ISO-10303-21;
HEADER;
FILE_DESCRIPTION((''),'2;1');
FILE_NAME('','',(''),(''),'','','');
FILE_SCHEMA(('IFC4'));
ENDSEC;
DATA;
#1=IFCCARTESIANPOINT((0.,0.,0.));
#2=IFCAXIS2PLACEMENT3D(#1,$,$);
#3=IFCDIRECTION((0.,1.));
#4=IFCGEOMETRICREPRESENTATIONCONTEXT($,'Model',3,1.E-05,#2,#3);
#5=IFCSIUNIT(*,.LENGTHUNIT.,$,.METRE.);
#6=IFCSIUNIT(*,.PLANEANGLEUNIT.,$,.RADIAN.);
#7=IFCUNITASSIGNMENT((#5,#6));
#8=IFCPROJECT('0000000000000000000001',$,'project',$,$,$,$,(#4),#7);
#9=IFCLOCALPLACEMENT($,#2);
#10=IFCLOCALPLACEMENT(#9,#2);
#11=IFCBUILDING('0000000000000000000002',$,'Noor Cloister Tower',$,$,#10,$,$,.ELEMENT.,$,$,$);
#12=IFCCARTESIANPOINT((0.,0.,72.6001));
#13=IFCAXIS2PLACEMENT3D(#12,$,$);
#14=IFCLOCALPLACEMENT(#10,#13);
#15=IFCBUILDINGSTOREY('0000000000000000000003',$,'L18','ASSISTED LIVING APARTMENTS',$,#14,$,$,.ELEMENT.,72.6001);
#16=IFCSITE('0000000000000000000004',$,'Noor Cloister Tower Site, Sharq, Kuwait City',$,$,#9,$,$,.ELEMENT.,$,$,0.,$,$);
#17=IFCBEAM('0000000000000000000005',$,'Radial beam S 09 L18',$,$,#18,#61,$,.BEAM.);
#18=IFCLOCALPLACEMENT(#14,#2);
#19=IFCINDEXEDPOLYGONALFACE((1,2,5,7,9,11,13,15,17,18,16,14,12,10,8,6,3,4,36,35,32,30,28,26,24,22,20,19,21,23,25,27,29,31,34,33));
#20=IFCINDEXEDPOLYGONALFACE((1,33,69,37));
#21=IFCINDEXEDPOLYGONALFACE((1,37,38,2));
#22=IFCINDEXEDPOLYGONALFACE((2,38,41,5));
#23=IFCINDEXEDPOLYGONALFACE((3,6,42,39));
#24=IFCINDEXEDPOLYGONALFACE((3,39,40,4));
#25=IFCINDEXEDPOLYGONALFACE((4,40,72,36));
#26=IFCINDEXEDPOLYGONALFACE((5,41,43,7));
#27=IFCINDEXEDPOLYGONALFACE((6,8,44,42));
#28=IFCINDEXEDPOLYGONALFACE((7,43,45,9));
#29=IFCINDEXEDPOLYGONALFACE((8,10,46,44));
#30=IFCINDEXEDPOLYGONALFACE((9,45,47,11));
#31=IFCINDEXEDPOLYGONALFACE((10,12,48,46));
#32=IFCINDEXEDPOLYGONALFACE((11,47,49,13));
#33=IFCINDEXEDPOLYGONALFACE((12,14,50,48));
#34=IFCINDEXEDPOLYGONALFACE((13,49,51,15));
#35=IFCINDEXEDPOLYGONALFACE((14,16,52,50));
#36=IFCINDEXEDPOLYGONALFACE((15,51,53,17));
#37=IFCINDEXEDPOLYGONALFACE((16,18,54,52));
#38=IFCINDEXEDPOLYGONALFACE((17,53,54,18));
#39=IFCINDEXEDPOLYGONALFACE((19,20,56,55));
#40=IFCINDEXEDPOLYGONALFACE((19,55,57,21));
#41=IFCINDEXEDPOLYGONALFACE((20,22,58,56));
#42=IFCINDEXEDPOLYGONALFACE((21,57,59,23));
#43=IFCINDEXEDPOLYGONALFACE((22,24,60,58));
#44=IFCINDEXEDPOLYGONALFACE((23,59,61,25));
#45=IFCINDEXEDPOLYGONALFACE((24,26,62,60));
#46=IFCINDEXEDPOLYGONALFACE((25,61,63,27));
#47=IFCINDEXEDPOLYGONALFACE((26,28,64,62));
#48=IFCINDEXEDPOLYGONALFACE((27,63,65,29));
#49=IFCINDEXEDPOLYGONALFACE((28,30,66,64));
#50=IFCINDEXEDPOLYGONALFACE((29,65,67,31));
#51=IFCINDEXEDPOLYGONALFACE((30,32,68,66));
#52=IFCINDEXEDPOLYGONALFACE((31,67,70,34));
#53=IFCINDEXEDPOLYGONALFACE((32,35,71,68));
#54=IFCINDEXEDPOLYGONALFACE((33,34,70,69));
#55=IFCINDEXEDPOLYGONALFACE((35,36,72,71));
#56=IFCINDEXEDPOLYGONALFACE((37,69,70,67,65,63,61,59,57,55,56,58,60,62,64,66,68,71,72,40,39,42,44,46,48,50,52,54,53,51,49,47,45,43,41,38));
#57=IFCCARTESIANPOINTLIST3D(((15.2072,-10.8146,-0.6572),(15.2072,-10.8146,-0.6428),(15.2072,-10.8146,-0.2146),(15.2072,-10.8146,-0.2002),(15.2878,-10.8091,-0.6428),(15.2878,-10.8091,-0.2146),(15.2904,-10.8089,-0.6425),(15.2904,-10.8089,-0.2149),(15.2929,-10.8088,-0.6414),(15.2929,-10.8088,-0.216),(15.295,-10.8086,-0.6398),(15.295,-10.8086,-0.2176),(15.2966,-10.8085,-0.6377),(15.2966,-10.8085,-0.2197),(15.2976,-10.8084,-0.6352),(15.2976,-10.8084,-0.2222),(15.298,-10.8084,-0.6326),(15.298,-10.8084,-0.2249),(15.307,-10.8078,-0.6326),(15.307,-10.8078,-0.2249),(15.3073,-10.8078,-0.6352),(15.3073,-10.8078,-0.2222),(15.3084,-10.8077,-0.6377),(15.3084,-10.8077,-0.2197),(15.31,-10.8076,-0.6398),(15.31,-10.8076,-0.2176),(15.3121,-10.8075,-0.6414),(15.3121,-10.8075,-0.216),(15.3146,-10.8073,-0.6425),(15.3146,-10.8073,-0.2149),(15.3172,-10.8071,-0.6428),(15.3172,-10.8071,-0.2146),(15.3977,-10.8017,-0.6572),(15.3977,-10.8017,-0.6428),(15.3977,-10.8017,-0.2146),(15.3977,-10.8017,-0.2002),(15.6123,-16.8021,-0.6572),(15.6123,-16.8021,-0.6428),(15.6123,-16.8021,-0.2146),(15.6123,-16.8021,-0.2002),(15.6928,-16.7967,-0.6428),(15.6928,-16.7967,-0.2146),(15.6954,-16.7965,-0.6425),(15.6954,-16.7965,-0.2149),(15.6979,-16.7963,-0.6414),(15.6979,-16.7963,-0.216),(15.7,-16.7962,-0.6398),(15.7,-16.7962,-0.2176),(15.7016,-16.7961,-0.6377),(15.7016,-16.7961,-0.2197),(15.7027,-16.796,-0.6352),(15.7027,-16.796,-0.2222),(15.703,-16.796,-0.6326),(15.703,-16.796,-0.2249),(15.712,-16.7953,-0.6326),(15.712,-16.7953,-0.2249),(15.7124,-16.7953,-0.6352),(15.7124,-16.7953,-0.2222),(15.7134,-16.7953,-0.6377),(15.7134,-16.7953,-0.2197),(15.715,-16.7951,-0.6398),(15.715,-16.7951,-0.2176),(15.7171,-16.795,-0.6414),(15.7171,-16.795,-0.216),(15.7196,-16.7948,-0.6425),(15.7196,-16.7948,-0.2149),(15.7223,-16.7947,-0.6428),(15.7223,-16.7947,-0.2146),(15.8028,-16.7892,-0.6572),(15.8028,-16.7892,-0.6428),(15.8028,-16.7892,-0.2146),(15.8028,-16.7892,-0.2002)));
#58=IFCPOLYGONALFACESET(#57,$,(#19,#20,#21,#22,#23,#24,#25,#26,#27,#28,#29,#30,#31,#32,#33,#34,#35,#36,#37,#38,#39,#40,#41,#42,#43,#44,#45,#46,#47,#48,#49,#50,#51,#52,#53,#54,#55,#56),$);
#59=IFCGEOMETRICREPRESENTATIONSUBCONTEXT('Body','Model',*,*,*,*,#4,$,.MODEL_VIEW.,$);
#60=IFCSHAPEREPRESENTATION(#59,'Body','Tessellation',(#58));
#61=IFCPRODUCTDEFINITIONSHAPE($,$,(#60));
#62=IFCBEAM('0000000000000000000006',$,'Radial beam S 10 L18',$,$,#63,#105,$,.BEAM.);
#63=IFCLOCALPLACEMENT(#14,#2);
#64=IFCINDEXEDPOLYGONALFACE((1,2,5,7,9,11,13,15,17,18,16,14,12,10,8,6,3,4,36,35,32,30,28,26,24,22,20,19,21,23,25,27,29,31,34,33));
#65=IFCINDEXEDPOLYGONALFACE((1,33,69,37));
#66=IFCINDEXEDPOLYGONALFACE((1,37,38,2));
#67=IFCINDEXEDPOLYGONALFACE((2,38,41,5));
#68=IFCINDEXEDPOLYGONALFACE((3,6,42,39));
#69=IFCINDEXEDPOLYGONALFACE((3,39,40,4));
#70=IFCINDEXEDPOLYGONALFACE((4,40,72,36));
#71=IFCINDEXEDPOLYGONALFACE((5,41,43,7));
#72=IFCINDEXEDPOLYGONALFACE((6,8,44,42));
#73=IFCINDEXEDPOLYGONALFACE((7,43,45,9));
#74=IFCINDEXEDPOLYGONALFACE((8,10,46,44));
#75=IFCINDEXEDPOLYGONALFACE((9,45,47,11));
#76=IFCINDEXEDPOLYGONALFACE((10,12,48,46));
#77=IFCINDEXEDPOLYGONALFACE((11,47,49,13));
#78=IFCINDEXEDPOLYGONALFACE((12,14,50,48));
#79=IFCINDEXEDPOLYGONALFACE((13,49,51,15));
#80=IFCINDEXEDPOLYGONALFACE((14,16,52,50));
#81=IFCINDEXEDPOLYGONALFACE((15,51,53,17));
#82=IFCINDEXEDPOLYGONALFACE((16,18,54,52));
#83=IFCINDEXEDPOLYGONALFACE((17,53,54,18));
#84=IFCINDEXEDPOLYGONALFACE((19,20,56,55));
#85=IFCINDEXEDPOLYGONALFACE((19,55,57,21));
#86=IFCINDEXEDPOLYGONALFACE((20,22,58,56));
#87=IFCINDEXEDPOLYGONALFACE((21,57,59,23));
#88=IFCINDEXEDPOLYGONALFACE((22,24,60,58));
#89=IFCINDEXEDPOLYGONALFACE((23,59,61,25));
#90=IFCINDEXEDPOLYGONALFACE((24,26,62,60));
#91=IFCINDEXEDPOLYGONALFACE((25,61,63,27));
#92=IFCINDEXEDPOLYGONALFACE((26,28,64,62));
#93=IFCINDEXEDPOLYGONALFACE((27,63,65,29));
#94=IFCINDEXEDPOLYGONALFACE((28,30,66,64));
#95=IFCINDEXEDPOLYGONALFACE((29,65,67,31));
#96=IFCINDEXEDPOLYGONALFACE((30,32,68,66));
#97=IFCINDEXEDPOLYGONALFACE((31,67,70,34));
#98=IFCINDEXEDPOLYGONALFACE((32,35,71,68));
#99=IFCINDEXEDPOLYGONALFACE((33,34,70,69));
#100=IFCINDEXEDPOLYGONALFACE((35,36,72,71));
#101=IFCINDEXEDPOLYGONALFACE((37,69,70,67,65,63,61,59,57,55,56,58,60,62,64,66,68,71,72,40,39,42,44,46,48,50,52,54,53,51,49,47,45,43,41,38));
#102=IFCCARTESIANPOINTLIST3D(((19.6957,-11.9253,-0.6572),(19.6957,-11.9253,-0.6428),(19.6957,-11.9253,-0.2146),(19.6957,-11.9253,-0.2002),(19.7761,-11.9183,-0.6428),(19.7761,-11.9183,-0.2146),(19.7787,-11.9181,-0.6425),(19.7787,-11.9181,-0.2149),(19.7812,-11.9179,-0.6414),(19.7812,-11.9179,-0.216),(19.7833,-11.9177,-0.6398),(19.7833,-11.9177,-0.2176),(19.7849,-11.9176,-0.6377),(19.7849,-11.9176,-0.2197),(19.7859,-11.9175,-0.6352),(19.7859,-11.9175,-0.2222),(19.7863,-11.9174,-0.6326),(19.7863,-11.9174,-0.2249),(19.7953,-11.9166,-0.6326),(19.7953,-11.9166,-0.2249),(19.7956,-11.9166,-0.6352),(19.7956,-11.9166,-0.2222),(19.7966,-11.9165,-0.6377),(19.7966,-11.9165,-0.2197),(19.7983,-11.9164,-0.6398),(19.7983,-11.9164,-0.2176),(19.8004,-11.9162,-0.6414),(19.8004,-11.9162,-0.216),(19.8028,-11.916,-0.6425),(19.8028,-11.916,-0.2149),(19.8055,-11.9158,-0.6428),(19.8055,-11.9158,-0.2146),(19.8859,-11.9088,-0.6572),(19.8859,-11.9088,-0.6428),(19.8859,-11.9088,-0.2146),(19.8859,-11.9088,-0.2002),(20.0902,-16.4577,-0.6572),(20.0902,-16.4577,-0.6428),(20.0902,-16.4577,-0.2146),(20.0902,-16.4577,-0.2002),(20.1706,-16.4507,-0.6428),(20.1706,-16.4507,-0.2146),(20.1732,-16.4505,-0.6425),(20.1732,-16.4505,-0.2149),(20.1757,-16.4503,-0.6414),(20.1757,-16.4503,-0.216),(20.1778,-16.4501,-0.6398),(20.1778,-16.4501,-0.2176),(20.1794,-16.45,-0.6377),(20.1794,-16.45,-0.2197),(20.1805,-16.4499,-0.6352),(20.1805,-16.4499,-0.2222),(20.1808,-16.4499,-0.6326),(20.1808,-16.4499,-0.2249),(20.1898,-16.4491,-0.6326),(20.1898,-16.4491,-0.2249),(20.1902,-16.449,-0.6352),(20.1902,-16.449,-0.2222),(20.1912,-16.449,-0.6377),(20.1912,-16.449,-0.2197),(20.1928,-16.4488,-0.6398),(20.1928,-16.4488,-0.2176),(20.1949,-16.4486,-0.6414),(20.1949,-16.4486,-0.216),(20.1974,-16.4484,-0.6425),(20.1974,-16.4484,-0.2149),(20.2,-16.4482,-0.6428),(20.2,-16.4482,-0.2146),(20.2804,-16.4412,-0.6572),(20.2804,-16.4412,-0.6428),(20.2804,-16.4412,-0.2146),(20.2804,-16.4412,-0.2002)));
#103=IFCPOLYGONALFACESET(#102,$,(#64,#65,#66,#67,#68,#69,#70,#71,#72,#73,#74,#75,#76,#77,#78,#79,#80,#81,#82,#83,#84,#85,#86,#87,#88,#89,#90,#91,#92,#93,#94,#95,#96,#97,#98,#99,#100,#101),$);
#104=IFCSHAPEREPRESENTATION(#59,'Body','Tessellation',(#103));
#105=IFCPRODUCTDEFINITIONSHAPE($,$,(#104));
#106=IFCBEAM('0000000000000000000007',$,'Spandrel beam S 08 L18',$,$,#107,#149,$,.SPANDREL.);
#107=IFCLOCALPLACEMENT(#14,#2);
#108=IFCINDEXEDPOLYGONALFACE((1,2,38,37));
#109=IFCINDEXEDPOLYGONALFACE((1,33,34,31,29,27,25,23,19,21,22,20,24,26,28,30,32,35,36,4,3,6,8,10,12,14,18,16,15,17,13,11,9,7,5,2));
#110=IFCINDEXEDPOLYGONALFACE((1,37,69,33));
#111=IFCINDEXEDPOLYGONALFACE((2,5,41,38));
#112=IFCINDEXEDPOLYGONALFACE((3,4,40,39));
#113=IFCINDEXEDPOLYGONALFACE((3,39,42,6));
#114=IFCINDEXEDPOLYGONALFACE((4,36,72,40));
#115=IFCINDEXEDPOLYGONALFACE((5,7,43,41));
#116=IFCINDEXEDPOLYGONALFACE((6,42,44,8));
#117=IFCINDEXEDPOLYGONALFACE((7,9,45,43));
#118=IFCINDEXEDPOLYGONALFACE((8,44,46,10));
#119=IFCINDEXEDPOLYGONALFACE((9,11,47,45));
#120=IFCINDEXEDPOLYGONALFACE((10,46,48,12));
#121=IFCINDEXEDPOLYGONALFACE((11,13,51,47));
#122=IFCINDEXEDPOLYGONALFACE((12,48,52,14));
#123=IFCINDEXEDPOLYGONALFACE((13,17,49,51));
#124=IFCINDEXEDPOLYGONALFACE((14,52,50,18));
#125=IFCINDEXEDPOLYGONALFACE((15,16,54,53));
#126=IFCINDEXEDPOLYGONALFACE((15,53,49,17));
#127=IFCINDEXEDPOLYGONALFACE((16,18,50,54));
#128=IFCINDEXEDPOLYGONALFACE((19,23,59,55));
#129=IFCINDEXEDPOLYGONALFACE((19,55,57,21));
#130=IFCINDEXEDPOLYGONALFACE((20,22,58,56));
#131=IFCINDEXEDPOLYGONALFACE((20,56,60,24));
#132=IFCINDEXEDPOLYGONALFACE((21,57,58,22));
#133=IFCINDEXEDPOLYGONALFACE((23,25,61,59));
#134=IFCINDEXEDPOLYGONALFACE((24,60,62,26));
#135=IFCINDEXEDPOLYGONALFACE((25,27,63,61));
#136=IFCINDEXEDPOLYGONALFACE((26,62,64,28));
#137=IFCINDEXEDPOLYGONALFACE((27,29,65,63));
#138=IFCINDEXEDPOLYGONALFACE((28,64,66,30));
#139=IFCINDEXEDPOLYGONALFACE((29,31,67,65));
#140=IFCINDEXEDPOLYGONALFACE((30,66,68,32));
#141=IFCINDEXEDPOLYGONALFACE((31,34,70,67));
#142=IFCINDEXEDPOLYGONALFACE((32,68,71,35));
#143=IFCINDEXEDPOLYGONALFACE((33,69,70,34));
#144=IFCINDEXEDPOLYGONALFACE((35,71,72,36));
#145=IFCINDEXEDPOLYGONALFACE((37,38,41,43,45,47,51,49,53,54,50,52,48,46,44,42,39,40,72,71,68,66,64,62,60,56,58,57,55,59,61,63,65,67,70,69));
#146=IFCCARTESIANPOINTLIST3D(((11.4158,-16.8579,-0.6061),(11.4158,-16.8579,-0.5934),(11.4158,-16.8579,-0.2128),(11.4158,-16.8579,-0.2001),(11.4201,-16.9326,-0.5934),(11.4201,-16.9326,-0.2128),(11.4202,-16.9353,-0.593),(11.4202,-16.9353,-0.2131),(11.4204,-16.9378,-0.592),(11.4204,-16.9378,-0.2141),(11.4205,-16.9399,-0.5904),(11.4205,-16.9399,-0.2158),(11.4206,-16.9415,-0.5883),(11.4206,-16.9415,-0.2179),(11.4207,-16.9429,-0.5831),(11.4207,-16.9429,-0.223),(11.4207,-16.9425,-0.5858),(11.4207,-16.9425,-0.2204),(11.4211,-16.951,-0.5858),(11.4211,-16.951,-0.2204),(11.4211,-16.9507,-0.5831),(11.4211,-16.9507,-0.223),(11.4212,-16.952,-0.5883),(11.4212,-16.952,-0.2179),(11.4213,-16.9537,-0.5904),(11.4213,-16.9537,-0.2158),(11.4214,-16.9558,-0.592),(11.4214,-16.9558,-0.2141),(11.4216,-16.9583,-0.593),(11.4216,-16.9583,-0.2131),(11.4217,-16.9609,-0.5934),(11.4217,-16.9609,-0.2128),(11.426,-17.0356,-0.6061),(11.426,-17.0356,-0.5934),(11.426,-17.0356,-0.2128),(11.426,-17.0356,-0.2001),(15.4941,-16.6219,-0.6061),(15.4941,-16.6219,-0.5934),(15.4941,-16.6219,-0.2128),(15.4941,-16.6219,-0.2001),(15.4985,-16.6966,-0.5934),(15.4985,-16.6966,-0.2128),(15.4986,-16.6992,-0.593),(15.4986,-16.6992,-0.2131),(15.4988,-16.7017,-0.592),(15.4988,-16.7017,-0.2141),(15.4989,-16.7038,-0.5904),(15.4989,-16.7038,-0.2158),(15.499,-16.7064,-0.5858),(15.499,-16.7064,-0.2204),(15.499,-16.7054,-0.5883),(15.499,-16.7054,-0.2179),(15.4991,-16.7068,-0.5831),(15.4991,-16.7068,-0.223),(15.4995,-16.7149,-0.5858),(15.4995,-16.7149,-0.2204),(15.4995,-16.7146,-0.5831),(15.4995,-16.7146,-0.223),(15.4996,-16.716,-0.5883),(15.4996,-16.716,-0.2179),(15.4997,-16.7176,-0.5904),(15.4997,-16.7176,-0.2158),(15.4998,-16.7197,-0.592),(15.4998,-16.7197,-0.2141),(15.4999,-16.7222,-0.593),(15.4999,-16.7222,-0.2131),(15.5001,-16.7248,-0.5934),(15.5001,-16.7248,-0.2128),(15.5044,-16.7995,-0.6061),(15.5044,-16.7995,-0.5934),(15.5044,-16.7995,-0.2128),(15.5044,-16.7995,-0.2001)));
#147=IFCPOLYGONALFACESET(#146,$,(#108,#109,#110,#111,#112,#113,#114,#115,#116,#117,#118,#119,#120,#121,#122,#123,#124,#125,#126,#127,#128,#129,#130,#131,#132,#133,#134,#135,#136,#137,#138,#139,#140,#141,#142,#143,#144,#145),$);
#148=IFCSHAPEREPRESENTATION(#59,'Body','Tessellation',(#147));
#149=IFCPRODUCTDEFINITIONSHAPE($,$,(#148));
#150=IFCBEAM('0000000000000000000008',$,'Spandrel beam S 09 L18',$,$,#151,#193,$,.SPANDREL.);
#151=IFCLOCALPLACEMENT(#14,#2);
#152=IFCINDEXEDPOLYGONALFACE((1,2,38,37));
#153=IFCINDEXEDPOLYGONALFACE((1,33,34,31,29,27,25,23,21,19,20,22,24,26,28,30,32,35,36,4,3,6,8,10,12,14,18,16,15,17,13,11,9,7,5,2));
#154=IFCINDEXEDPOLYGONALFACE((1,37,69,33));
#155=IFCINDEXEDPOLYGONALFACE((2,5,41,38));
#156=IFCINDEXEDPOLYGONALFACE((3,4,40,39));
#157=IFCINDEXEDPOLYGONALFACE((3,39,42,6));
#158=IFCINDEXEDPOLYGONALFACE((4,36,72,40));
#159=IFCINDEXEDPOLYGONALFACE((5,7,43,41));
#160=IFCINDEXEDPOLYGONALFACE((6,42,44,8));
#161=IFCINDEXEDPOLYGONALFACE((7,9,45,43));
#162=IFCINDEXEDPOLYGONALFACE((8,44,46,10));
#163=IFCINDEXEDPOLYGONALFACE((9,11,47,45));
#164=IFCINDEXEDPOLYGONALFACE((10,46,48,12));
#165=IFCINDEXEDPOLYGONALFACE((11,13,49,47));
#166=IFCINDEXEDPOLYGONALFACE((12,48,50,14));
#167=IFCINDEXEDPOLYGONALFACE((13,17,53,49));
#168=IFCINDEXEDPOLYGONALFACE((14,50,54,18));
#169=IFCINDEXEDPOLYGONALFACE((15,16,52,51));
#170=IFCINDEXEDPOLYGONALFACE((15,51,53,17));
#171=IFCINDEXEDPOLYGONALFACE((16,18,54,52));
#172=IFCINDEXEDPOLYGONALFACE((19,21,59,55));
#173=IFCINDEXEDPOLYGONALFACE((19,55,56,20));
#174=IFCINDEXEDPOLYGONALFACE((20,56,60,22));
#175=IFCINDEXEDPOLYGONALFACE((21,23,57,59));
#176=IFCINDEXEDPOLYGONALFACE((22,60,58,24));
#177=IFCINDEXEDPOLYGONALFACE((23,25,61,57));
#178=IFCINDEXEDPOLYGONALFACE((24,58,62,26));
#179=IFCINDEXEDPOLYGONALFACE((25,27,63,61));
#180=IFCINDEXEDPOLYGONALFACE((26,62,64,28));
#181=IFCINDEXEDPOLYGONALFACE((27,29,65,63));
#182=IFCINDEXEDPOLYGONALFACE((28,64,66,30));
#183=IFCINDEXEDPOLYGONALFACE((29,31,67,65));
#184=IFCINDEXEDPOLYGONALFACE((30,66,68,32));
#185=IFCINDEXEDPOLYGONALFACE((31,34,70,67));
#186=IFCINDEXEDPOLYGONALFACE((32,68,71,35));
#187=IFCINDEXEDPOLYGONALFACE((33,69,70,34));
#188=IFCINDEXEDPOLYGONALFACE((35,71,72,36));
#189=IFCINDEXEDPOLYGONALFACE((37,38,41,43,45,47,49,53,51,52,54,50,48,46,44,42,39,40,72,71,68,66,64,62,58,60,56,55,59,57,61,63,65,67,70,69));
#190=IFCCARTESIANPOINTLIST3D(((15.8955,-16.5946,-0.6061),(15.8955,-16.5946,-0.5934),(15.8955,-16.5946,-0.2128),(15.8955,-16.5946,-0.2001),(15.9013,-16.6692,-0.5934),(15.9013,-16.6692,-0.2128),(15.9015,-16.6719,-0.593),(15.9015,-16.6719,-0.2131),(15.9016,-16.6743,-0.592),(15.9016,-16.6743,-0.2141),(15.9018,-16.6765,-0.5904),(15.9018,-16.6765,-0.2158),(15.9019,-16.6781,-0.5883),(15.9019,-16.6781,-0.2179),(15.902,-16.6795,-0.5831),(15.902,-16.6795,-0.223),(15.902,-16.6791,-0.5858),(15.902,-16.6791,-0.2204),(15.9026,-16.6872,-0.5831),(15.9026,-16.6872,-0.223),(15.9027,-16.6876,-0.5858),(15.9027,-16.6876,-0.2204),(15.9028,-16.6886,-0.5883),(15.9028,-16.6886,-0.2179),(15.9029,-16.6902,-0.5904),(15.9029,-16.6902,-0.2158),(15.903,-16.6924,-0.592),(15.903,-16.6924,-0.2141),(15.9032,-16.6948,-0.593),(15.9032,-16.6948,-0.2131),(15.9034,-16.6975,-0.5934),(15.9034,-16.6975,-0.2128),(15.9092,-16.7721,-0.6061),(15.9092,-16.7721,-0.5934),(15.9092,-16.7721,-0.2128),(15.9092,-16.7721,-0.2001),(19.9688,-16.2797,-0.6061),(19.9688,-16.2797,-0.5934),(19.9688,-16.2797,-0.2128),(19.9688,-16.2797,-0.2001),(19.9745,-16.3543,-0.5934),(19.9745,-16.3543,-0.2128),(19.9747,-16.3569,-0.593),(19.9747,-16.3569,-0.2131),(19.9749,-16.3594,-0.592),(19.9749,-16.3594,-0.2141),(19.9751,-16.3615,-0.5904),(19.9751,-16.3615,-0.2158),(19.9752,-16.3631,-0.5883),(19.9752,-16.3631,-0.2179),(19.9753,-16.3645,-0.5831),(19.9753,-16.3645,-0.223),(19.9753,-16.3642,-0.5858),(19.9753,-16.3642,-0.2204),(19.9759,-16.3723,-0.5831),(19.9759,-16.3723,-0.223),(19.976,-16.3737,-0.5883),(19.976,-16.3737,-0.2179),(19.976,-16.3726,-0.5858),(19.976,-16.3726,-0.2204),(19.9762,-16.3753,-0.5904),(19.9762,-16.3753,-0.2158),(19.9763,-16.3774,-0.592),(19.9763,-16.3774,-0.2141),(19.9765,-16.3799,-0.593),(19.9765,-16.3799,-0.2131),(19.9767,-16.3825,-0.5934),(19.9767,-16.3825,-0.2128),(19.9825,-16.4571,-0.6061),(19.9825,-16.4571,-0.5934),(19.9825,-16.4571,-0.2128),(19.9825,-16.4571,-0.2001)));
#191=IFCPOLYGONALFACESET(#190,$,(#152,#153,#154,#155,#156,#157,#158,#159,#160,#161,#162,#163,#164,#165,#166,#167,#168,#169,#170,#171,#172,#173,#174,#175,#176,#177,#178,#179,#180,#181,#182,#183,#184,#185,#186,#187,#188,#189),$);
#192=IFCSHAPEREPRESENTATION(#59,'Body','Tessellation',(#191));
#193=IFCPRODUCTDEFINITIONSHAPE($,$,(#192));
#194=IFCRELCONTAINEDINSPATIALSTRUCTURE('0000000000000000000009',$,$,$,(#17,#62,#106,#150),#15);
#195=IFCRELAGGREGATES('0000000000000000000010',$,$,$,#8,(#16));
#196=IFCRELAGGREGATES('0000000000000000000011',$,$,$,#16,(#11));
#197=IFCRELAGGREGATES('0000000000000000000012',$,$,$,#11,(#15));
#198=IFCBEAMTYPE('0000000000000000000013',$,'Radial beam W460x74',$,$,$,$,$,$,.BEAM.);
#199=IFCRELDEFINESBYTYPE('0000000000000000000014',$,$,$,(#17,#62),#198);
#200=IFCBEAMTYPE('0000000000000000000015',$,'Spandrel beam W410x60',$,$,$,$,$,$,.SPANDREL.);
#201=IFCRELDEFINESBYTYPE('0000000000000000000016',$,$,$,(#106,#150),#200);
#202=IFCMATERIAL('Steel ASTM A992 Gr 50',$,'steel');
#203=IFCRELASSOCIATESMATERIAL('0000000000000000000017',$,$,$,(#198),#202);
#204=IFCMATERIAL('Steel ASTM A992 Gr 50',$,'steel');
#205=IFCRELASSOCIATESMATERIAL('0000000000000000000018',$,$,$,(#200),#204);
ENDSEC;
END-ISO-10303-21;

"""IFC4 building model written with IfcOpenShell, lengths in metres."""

from ifc_helpers import new_model, si_unit, direction, frame, origin, origin_2d, place, context, subcontext, project, spatial, i_section, extrude, material, material_profile, profile_set, type_object, element, save


model = new_model("IFC4")

# Units and contexts
model_context = context("Model", 3, precision=1e-05, world=origin(), true_north=direction((0.0, 1.0)))
body_context = subcontext(model_context, "Body", "Model", "MODEL_VIEW")
ifc_project = project(units=[si_unit("LENGTHUNIT", "METRE"), si_unit("PLANEANGLEUNIT", "RADIAN")], contexts=[model_context])

# Site, building, storey
site_placement = place(None, origin())
site = spatial("IfcSite", under=ifc_project, at=site_placement, Name="Noor Cloister Tower Site, Sharq, Kuwait City", CompositionType="ELEMENT", RefElevation=0.0)
building_placement = place(site_placement, origin())
building = spatial("IfcBuilding", under=site, at=building_placement, Name="Noor Cloister Tower", CompositionType="ELEMENT")
storey_placement = place(building_placement, frame((0.0, 0.0, 72.6001)))
storey = spatial("IfcBuildingStorey", under=building, at=storey_placement, Name="L18", Description="ASSISTED LIVING APARTMENTS", CompositionType="ELEMENT", Elevation=72.6001)

# Beams
ifc_material_1 = material(Name="Steel ASTM A992 Gr 50", Category="steel")
ifc_material_profile_1 = material_profile(ifc_material_1, i_section(OverallWidth=0.1909, OverallDepth=0.457, WebThickness=0.009, FlangeThickness=0.0144, FilletRadius=0.0103, at=origin_2d()), Name="W460x74")
ifc_profile_set_1 = profile_set([ifc_material_profile_1], Name="Steel ASTM A992 Gr 50")
beam_type_1 = type_object("IfcBeamType", Name="Radial beam W460x74", PredefinedType="BEAM", material=ifc_profile_set_1)
beam_1_placement = place(storey_placement, frame((15.7075, -16.7957, -0.4287), z_axis=(-0.067491, 0.99772, 0.0), x_axis=(-0.99772, -0.067491, 0.0)))
element("IfcBeam", 1, at=beam_1_placement, inside=storey, type_object=beam_type_1, Name="Radial beam S 09 L18", PredefinedType="BEAM", context=body_context, shape_type="SweptSolid", body=[
    extrude(i_section(OverallWidth=0.1909, OverallDepth=0.457, WebThickness=0.009, FlangeThickness=0.0144, FilletRadius=0.0103, at=origin_2d()), origin(), (0.0, 0.0, 1.0), 6.0012),
])
beam_2_placement = place(storey_placement, frame((20.1853, -16.4495, -0.4287), z_axis=(-0.086718, 0.996233, 0.0), x_axis=(-0.996233, -0.086718, 0.0)))
element("IfcBeam", 2, at=beam_2_placement, inside=storey, type_object=beam_type_1, Name="Radial beam S 10 L18", PredefinedType="BEAM", context=body_context, shape_type="SweptSolid", body=[
    extrude(i_section(OverallWidth=0.1909, OverallDepth=0.457, WebThickness=0.009, FlangeThickness=0.0144, FilletRadius=0.0103, at=origin_2d()), origin(), (0.0, 0.0, 1.0), 4.5496),
])
ifc_material_2 = material(Name="Steel ASTM A992 Gr 50", Category="steel")
ifc_material_profile_2 = material_profile(ifc_material_2, i_section(OverallWidth=0.178, OverallDepth=0.406, WebThickness=0.0078, FlangeThickness=0.0127, FilletRadius=0.0103, at=origin_2d()), Name="W410x60")
ifc_profile_set_2 = profile_set([ifc_material_profile_2], Name="Steel ASTM A992 Gr 50")
beam_type_2 = type_object("IfcBeamType", Name="Spandrel beam W410x60", PredefinedType="SPANDREL", material=ifc_profile_set_2)
beam_3_placement = place(storey_placement, frame((11.4209, -16.9468, -0.4031), z_axis=(0.998329, 0.05779, 0.0), x_axis=(-0.05779, 0.998329, 0.0)))
element("IfcBeam", 3, at=beam_3_placement, inside=storey, type_object=beam_type_2, Name="Spandrel beam S 08 L18", PredefinedType="SPANDREL", context=body_context, shape_type="SweptSolid", body=[
    extrude(i_section(OverallWidth=0.178, OverallDepth=0.406, WebThickness=0.0078, FlangeThickness=0.0127, FilletRadius=0.0103, at=origin_2d()), origin(), (0.0, 0.0, 1.0), 4.0852),
])
beam_4_placement = place(storey_placement, frame((15.9023, -16.6833, -0.4031), z_axis=(0.997024, 0.077089, 0.0), x_axis=(-0.077089, 0.997024, 0.0)))
element("IfcBeam", 4, at=beam_4_placement, inside=storey, type_object=beam_type_2, Name="Spandrel beam S 09 L18", PredefinedType="SPANDREL", context=body_context, shape_type="SweptSolid", body=[
    extrude(i_section(OverallWidth=0.178, OverallDepth=0.406, WebThickness=0.0078, FlangeThickness=0.0127, FilletRadius=0.0103, at=origin_2d()), origin(), (0.0, 0.0, 1.0), 4.0854),
])

save(model, "model.ifc")
